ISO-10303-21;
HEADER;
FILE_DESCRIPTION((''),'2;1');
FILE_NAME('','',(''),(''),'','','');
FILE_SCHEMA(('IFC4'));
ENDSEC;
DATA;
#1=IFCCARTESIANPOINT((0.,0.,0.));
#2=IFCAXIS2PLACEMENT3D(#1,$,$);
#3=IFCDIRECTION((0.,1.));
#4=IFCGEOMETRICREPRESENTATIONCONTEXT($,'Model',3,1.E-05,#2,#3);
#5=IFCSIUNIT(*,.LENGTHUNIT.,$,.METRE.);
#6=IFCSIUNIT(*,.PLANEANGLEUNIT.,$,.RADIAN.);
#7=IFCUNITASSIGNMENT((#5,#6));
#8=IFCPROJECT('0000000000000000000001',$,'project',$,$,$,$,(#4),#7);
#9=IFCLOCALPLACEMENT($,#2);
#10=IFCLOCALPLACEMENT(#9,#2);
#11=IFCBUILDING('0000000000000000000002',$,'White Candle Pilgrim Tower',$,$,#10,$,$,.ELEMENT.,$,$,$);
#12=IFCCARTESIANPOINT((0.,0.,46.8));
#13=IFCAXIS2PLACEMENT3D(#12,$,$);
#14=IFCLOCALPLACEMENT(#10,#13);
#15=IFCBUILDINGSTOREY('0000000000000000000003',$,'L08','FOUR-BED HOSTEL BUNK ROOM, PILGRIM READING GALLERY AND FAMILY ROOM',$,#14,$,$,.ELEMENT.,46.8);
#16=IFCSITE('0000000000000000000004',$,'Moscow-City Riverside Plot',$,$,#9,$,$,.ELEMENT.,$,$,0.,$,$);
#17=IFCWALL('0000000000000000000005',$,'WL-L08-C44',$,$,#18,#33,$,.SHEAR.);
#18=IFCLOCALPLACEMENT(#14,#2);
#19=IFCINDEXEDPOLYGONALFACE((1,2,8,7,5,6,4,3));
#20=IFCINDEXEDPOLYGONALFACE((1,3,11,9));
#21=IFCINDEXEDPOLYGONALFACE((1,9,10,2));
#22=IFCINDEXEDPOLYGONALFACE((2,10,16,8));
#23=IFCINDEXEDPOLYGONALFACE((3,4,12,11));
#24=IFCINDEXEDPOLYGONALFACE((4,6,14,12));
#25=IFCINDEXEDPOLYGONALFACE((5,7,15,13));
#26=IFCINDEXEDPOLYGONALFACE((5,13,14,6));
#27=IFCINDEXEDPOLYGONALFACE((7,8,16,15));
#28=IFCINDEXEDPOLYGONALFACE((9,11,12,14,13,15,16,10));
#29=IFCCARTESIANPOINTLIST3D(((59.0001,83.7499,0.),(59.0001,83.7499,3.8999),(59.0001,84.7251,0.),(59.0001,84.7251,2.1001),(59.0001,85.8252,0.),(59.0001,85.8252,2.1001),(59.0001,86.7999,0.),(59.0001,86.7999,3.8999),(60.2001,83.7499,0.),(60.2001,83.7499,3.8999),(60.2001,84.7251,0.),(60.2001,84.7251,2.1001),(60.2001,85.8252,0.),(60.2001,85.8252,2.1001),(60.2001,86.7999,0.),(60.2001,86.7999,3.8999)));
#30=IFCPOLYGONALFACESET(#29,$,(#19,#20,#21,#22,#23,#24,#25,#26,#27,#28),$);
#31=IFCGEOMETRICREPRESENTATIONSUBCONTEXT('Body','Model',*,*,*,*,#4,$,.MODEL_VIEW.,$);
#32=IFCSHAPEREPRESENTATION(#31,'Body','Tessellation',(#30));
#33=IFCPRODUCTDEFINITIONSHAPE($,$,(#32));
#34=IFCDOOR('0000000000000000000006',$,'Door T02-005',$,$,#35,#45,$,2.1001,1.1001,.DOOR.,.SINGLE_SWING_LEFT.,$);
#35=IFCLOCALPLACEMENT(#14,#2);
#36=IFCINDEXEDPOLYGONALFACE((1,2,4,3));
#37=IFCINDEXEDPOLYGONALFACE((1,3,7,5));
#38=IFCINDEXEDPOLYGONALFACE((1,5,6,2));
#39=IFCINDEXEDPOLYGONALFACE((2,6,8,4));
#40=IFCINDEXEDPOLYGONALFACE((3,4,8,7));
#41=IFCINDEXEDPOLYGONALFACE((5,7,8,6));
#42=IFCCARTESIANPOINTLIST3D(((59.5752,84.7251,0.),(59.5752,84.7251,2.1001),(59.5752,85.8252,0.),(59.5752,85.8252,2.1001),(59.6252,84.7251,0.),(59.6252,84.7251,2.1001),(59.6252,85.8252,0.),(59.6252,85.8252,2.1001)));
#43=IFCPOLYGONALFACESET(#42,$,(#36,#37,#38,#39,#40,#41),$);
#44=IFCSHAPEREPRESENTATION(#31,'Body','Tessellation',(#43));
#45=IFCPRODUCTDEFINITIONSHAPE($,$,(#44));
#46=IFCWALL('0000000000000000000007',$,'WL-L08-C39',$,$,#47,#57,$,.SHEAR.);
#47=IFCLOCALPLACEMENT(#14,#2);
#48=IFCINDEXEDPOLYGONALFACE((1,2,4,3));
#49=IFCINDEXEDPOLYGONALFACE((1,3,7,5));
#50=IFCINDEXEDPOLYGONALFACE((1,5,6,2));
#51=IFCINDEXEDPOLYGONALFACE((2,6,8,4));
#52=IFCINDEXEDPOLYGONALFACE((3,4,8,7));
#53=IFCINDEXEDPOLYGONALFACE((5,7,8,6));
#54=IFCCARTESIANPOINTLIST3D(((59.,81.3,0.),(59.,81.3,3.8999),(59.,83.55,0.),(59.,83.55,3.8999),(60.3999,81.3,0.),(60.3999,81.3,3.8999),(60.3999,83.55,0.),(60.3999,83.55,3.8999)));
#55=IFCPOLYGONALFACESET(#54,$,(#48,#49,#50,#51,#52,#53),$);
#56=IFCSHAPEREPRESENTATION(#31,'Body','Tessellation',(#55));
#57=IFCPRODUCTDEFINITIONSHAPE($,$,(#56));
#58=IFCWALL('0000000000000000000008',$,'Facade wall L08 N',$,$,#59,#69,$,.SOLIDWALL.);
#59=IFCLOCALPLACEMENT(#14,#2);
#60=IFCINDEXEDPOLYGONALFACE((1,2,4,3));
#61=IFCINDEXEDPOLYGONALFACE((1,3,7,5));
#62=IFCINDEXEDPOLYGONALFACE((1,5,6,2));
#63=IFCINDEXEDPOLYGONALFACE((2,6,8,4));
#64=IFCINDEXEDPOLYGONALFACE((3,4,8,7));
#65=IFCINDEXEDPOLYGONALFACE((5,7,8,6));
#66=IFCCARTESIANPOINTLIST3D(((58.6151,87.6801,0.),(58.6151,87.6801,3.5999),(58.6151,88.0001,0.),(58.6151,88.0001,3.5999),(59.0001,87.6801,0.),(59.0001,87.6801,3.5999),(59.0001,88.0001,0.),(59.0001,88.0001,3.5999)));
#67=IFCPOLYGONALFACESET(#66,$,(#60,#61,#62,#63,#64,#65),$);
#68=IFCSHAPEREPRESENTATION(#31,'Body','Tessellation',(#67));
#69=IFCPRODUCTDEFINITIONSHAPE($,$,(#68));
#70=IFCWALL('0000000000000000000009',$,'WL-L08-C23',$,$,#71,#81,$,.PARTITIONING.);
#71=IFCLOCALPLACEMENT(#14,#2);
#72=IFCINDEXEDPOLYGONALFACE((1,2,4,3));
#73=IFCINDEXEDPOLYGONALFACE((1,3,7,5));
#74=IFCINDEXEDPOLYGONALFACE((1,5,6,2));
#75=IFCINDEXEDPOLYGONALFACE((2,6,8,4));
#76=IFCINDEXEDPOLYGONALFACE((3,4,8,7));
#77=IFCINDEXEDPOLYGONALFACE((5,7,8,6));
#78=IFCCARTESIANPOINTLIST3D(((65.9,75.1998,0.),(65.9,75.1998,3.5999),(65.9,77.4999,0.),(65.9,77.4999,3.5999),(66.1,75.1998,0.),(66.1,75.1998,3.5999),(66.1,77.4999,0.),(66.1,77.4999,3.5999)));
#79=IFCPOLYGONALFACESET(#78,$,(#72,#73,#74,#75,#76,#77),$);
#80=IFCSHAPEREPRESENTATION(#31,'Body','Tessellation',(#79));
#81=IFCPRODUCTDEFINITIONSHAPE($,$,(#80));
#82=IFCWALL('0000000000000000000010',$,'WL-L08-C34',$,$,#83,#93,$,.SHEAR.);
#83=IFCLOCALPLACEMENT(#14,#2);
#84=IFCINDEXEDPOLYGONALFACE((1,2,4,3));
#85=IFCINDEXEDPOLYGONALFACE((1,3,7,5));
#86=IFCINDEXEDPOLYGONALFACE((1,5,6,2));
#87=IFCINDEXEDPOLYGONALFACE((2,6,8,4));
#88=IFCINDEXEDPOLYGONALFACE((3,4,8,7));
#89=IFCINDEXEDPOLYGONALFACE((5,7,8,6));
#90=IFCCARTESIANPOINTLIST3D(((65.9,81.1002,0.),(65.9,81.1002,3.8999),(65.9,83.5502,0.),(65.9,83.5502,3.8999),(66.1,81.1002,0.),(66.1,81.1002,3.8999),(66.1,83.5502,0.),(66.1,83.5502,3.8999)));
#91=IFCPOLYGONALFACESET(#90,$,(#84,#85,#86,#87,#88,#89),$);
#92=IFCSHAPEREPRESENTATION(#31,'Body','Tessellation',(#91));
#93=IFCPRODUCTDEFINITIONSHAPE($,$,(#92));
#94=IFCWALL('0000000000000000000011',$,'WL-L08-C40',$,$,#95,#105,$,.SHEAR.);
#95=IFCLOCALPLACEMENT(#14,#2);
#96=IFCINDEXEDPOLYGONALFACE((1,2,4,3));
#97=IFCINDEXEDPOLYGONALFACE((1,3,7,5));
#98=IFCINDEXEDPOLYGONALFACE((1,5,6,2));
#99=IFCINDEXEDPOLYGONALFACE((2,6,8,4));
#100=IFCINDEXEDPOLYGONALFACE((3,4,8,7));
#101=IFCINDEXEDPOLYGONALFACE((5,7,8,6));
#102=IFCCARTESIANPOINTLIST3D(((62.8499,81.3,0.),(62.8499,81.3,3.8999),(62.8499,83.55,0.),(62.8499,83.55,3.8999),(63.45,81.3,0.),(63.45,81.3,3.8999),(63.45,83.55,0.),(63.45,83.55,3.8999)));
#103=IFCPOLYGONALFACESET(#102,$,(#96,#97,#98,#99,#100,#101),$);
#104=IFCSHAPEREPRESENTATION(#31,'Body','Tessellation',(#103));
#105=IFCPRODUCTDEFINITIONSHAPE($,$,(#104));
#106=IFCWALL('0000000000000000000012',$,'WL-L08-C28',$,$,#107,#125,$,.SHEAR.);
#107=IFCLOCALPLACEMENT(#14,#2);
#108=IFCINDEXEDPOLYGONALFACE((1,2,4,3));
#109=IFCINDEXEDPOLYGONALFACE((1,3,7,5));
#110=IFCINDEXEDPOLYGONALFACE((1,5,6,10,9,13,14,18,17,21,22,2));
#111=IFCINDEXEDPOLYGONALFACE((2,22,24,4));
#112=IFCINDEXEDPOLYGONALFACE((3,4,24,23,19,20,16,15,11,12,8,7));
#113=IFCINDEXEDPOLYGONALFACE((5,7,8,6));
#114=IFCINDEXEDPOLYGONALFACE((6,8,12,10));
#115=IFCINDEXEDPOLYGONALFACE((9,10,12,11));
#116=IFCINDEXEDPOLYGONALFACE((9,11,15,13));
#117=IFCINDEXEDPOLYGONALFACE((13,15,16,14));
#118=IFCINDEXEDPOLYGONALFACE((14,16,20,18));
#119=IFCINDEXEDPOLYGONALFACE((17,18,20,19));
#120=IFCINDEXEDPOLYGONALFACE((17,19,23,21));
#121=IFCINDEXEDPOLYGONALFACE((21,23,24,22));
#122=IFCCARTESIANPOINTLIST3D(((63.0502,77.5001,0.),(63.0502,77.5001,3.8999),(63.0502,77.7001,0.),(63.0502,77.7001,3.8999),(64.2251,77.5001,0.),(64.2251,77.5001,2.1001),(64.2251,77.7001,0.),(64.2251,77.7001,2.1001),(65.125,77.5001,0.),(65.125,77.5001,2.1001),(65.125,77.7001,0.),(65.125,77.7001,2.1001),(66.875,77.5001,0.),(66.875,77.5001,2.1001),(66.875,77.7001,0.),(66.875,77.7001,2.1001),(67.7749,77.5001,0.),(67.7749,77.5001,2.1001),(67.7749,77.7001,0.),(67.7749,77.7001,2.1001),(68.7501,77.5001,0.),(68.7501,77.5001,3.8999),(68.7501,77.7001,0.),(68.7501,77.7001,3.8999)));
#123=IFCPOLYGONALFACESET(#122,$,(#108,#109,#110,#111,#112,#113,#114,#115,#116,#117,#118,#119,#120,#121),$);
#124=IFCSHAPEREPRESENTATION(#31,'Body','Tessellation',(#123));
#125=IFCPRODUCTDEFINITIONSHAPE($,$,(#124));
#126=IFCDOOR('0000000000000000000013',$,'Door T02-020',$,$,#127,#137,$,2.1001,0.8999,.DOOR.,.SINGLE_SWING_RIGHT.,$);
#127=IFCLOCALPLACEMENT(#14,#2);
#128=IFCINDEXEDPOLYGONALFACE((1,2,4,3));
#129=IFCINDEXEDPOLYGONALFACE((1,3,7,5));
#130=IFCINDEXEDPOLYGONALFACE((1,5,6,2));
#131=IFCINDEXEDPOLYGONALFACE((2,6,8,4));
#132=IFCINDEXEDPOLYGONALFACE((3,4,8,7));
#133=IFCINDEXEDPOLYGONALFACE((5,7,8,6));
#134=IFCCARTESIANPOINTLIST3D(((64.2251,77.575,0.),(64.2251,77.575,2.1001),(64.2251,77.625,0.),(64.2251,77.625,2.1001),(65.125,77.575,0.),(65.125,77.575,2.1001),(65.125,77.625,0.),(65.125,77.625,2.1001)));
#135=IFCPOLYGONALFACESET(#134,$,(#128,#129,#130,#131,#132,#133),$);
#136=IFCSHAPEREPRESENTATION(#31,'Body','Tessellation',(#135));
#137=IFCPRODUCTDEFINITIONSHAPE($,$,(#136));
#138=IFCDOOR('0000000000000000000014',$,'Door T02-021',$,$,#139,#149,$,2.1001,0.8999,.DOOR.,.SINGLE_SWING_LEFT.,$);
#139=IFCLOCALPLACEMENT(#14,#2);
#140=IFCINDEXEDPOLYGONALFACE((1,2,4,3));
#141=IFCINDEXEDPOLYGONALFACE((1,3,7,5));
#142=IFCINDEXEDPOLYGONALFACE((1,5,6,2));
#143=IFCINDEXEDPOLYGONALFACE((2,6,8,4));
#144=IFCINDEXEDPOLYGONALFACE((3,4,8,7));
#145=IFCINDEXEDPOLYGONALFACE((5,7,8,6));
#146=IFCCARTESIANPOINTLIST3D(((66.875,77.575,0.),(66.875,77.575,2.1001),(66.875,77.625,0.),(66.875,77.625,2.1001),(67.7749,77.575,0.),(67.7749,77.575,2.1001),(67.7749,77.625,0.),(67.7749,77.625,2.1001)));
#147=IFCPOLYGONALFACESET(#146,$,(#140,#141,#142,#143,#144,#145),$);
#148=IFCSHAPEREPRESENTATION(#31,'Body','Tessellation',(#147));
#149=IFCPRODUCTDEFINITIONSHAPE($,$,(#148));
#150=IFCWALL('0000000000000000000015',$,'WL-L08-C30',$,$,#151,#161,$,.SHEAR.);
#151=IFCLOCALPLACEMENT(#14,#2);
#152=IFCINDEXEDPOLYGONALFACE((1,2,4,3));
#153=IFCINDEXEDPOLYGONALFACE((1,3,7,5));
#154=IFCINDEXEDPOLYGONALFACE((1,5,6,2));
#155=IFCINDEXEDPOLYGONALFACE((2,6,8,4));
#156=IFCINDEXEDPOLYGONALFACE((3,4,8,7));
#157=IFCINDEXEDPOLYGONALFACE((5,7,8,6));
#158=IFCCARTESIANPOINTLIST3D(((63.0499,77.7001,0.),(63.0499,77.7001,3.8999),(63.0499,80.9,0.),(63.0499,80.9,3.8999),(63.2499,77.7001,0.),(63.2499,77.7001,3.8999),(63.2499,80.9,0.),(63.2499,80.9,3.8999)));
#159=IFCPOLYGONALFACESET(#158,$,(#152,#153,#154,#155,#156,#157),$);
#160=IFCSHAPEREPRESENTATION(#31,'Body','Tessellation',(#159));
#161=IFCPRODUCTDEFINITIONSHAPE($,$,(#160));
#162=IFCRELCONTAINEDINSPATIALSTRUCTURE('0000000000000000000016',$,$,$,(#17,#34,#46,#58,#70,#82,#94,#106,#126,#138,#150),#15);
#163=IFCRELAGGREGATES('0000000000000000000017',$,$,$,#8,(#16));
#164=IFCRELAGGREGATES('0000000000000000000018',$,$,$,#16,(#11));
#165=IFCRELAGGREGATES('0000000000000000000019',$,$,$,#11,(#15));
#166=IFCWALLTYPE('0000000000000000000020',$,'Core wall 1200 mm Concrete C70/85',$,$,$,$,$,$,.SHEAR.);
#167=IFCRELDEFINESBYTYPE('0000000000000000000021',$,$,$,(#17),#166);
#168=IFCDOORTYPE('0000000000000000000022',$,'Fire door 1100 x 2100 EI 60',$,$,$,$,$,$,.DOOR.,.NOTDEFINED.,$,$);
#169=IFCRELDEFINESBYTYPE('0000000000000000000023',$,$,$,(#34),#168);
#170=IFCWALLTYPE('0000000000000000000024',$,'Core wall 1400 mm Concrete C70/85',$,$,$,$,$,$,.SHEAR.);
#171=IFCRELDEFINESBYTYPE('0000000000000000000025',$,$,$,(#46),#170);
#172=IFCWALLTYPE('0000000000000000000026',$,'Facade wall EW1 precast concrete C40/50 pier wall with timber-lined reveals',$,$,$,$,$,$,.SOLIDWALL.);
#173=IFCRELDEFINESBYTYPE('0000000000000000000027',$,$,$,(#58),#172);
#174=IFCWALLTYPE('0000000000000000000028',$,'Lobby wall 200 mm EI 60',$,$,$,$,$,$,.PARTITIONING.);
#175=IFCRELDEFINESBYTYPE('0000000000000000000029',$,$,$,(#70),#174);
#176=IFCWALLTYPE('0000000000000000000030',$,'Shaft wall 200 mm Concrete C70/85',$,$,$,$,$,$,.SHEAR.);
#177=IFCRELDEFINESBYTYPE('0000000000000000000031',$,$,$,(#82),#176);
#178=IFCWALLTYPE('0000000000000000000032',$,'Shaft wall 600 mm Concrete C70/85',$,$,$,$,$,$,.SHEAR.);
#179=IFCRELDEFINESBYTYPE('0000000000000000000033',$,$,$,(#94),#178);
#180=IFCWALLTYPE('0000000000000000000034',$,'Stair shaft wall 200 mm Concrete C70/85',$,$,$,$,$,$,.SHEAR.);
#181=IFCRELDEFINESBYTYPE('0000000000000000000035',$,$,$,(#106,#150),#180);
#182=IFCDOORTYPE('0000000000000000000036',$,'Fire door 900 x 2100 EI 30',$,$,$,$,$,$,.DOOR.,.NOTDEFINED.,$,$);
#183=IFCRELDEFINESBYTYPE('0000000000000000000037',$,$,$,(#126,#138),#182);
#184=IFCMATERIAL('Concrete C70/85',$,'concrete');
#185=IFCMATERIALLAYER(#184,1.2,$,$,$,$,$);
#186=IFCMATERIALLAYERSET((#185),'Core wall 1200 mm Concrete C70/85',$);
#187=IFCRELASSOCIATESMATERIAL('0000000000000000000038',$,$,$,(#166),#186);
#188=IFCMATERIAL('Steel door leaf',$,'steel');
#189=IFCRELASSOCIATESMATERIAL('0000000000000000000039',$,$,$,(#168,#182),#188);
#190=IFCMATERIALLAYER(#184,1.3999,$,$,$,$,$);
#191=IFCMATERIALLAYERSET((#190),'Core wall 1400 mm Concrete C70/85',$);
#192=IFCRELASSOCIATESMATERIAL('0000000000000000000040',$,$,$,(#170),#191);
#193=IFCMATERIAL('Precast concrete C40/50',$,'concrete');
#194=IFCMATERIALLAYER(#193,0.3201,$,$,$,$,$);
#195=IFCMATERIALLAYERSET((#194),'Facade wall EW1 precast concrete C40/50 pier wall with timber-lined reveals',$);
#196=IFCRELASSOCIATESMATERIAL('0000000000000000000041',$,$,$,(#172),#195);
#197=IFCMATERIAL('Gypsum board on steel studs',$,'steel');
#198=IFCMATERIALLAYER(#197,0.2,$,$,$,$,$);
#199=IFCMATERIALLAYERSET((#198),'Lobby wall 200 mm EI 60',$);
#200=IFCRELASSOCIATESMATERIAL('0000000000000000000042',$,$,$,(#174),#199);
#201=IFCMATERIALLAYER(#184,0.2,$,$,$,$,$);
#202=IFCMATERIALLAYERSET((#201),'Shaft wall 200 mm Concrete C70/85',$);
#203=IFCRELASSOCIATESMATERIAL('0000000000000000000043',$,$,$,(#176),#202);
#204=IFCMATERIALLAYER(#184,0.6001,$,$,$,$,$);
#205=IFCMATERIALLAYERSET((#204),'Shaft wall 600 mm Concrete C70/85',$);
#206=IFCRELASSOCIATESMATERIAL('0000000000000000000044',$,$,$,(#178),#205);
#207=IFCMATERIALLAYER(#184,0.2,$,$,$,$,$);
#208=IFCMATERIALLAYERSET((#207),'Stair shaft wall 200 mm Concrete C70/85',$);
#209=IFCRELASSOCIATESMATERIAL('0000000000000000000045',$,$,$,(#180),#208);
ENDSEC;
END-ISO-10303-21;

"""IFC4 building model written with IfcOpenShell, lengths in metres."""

from ifc_helpers import new_model, si_unit, direction, frame, frame_2d, origin, place, context, subcontext, project, spatial, rectangle, extrude, material, layer, layer_set, type_object, element, fill, save


model = new_model("IFC4")

# Units and contexts
model_context = context("Model", 3, precision=1e-05, world=origin(), true_north=direction((0.0, 1.0)))
body_context = subcontext(model_context, "Body", "Model", "MODEL_VIEW")
ifc_project = project(units=[si_unit("LENGTHUNIT", "METRE"), si_unit("PLANEANGLEUNIT", "RADIAN")], contexts=[model_context])

# Site, building, storey
site_placement = place(None, origin())
site = spatial("IfcSite", under=ifc_project, at=site_placement, Name="Moscow-City Riverside Plot", CompositionType="ELEMENT", RefElevation=0.0)
building_placement = place(site_placement, origin())
building = spatial("IfcBuilding", under=site, at=building_placement, Name="White Candle Pilgrim Tower", CompositionType="ELEMENT")
storey_placement = place(building_placement, frame((0.0, 0.0, 46.8)))
storey = spatial("IfcBuildingStorey", under=building, at=storey_placement, Name="L08", Description="FOUR-BED HOSTEL BUNK ROOM, PILGRIM READING GALLERY AND FAMILY ROOM", CompositionType="ELEMENT", Elevation=46.8)

# Wall, opening, door
ifc_material_1 = material(Name="Concrete C70/85", Category="concrete")
ifc_layer_1 = layer(ifc_material_1, 1.2)
ifc_layer_set_1 = layer_set([ifc_layer_1], Name="Core wall 1200 mm Concrete C70/85")
wall_type_1 = type_object("IfcWallType", Name="Core wall 1200 mm Concrete C70/85", PredefinedType="SHEAR", material=ifc_layer_set_1)
wall_1_placement = place(storey_placement, frame((59.6001, 83.75, 0.0), z_axis=(0.0, 0.0, 1.0), x_axis=(0.0, 1.0, 0.0)))
wall_1 = element("IfcWall", 1, at=wall_1_placement, inside=storey, type_object=wall_type_1, Name="WL-L08-C44", PredefinedType="SHEAR", context=body_context, shape_type="SweptSolid", body=[
    extrude(rectangle(XDim=3.05, YDim=1.2, at=frame_2d((1.5249, 0.0))), origin(), (0.0, 0.0, 1.0), 3.8999),
])
opening_1_placement = place(wall_1_placement, frame((0.9751, 0.0, 0.0)))
opening_1 = element("IfcOpeningElement", 2, at=opening_1_placement, cuts=wall_1, PredefinedType="OPENING", context=body_context, shape_type="SweptSolid", body=[
    extrude(rectangle(XDim=1.1001, YDim=2.1001, at=frame_2d((0.55, 1.05))), frame((0.0, 0.6099, 0.0), z_axis=(0.0, -1.0, 0.0), x_axis=(1.0, 0.0, 0.0)), (0.0, 0.0, 1.0), 1.22),
])
ifc_material_2 = material(Name="Steel door leaf", Category="steel")
door_type_1 = type_object("IfcDoorType", Name="Fire door 1100 x 2100 EI 60", OperationType="NOTDEFINED", PredefinedType="DOOR", material=ifc_material_2)
door_1_placement = place(opening_1_placement, origin())
door_1 = element("IfcDoor", 3, at=door_1_placement, inside=storey, type_object=door_type_1, Name="Door T02-005", OperationType="SINGLE_SWING_LEFT", OverallHeight=2.1001, OverallWidth=1.1001, PredefinedType="DOOR", context=body_context, shape_type="SweptSolid", body=[
    extrude(rectangle(XDim=1.1001, YDim=2.1001, at=frame_2d((0.55, 1.05))), frame((0.0, 0.0249, 0.0), z_axis=(0.0, -1.0, 0.0), x_axis=(1.0, 0.0, 0.0)), (0.0, 0.0, 1.0), 0.05),
])
fill(opening_1, door_1)

# Walls
ifc_layer_2 = layer(ifc_material_1, 1.3999)
ifc_layer_set_2 = layer_set([ifc_layer_2], Name="Core wall 1400 mm Concrete C70/85")
wall_type_2 = type_object("IfcWallType", Name="Core wall 1400 mm Concrete C70/85", PredefinedType="SHEAR", material=ifc_layer_set_2)
wall_2_placement = place(storey_placement, frame((59.7, 81.3, 0.0), z_axis=(0.0, 0.0, 1.0), x_axis=(0.0, 1.0, 0.0)))
element("IfcWall", 4, at=wall_2_placement, inside=storey, type_object=wall_type_2, Name="WL-L08-C39", PredefinedType="SHEAR", context=body_context, shape_type="SweptSolid", body=[
    extrude(rectangle(XDim=2.25, YDim=1.3999, at=frame_2d((1.125, 0.0))), origin(), (0.0, 0.0, 1.0), 3.8999),
])
ifc_material_3 = material(Name="Precast concrete C40/50", Category="concrete")
ifc_layer_3 = layer(ifc_material_3, 0.3201)
ifc_layer_set_3 = layer_set([ifc_layer_3], Name="Facade wall EW1 precast concrete C40/50 pier wall with timber-lined reveals")
wall_type_3 = type_object("IfcWallType", Name="Facade wall EW1 precast concrete C40/50 pier wall with timber-lined reveals", PredefinedType="SOLIDWALL", material=ifc_layer_set_3)
wall_3_placement = place(storey_placement, frame((59.0, 87.8401, 0.0), z_axis=(0.0, 0.0, 1.0), x_axis=(-1.0, 0.0, 0.0)))
element("IfcWall", 5, at=wall_3_placement, inside=storey, type_object=wall_type_3, Name="Facade wall L08 N", PredefinedType="SOLIDWALL", context=body_context, shape_type="SweptSolid", body=[
    extrude(rectangle(XDim=0.385, YDim=0.3201, at=frame_2d((0.1924, 0.0))), origin(), (0.0, 0.0, 1.0), 3.5999),
])
ifc_material_4 = material(Name="Gypsum board on steel studs", Category="steel")
ifc_layer_4 = layer(ifc_material_4, 0.2)
ifc_layer_set_4 = layer_set([ifc_layer_4], Name="Lobby wall 200 mm EI 60")
wall_type_4 = type_object("IfcWallType", Name="Lobby wall 200 mm EI 60", PredefinedType="PARTITIONING", material=ifc_layer_set_4)
wall_4_placement = place(storey_placement, frame((66.0, 75.2, 0.0), z_axis=(0.0, 0.0, 1.0), x_axis=(0.0, 1.0, 0.0)))
element("IfcWall", 6, at=wall_4_placement, inside=storey, type_object=wall_type_4, Name="WL-L08-C23", PredefinedType="PARTITIONING", context=body_context, shape_type="SweptSolid", body=[
    extrude(rectangle(XDim=2.3, YDim=0.2, at=frame_2d((1.1499, 0.0))), origin(), (0.0, 0.0, 1.0), 3.5999),
])
ifc_layer_5 = layer(ifc_material_1, 0.2)
ifc_layer_set_5 = layer_set([ifc_layer_5], Name="Shaft wall 200 mm Concrete C70/85")
wall_type_5 = type_object("IfcWallType", Name="Shaft wall 200 mm Concrete C70/85", PredefinedType="SHEAR", material=ifc_layer_set_5)
wall_5_placement = place(storey_placement, frame((66.0, 81.1001, 0.0), z_axis=(0.0, 0.0, 1.0), x_axis=(0.0, 1.0, 0.0)))
element("IfcWall", 7, at=wall_5_placement, inside=storey, type_object=wall_type_5, Name="WL-L08-C34", PredefinedType="SHEAR", context=body_context, shape_type="SweptSolid", body=[
    extrude(rectangle(XDim=2.45, YDim=0.2, at=frame_2d((1.2251, 0.0))), origin(), (0.0, 0.0, 1.0), 3.8999),
])
ifc_layer_6 = layer(ifc_material_1, 0.6001)
ifc_layer_set_6 = layer_set([ifc_layer_6], Name="Shaft wall 600 mm Concrete C70/85")
wall_type_6 = type_object("IfcWallType", Name="Shaft wall 600 mm Concrete C70/85", PredefinedType="SHEAR", material=ifc_layer_set_6)
wall_6_placement = place(storey_placement, frame((63.1499, 81.3, 0.0), z_axis=(0.0, 0.0, 1.0), x_axis=(0.0, 1.0, 0.0)))
element("IfcWall", 8, at=wall_6_placement, inside=storey, type_object=wall_type_6, Name="WL-L08-C40", PredefinedType="SHEAR", context=body_context, shape_type="SweptSolid", body=[
    extrude(rectangle(XDim=2.25, YDim=0.6001, at=frame_2d((1.125, 0.0))), origin(), (0.0, 0.0, 1.0), 3.8999),
])

# Wall, openings, doors
ifc_layer_7 = layer(ifc_material_1, 0.2)
ifc_layer_set_7 = layer_set([ifc_layer_7], Name="Stair shaft wall 200 mm Concrete C70/85")
wall_type_7 = type_object("IfcWallType", Name="Stair shaft wall 200 mm Concrete C70/85", PredefinedType="SHEAR", material=ifc_layer_set_7)
wall_7_placement = place(storey_placement, frame((63.05, 77.6001, 0.0), z_axis=(0.0, 0.0, 1.0), x_axis=(1.0, 0.0, 0.0)))
wall_7 = element("IfcWall", 9, at=wall_7_placement, inside=storey, type_object=wall_type_7, Name="WL-L08-C28", PredefinedType="SHEAR", context=body_context, shape_type="SweptSolid", body=[
    extrude(rectangle(XDim=5.7, YDim=0.2, at=frame_2d((2.8501, 0.0))), origin(), (0.0, 0.0, 1.0), 3.8999),
])
opening_2_placement = place(wall_7_placement, frame((1.175, 0.0, 0.0)))
opening_2 = element("IfcOpeningElement", 10, at=opening_2_placement, cuts=wall_7, PredefinedType="OPENING", context=body_context, shape_type="SweptSolid", body=[
    extrude(rectangle(XDim=0.8999, YDim=2.1001, at=frame_2d((0.45, 1.05))), frame((0.0, 0.1099, 0.0), z_axis=(0.0, -1.0, 0.0), x_axis=(1.0, 0.0, 0.0)), (0.0, 0.0, 1.0), 0.22),
])
opening_3_placement = place(wall_7_placement, frame((3.825, 0.0, 0.0)))
opening_3 = element("IfcOpeningElement", 11, at=opening_3_placement, cuts=wall_7, PredefinedType="OPENING", context=body_context, shape_type="SweptSolid", body=[
    extrude(rectangle(XDim=0.8999, YDim=2.1001, at=frame_2d((0.45, 1.05))), frame((0.0, 0.1099, 0.0), z_axis=(0.0, -1.0, 0.0), x_axis=(1.0, 0.0, 0.0)), (0.0, 0.0, 1.0), 0.22),
])
door_type_2 = type_object("IfcDoorType", Name="Fire door 900 x 2100 EI 30", OperationType="NOTDEFINED", PredefinedType="DOOR", material=ifc_material_2)
door_2_placement = place(opening_2_placement, origin())
door_2 = element("IfcDoor", 12, at=door_2_placement, inside=storey, type_object=door_type_2, Name="Door T02-020", OperationType="SINGLE_SWING_RIGHT", OverallHeight=2.1001, OverallWidth=0.8999, PredefinedType="DOOR", context=body_context, shape_type="SweptSolid", body=[
    extrude(rectangle(XDim=0.8999, YDim=2.1001, at=frame_2d((0.45, 1.05))), frame((0.0, 0.0249, 0.0), z_axis=(0.0, -1.0, 0.0), x_axis=(1.0, 0.0, 0.0)), (0.0, 0.0, 1.0), 0.05),
])
fill(opening_2, door_2)
door_3_placement = place(opening_3_placement, origin())
door_3 = element("IfcDoor", 13, at=door_3_placement, inside=storey, type_object=door_type_2, Name="Door T02-021", OperationType="SINGLE_SWING_LEFT", OverallHeight=2.1001, OverallWidth=0.8999, PredefinedType="DOOR", context=body_context, shape_type="SweptSolid", body=[
    extrude(rectangle(XDim=0.8999, YDim=2.1001, at=frame_2d((0.45, 1.05))), frame((0.0, 0.0249, 0.0), z_axis=(0.0, -1.0, 0.0), x_axis=(1.0, 0.0, 0.0)), (0.0, 0.0, 1.0), 0.05),
])
fill(opening_3, door_3)

# Wall
wall_8_placement = place(storey_placement, frame((63.1499, 77.7, 0.0), z_axis=(0.0, 0.0, 1.0), x_axis=(0.0, 1.0, 0.0)))
element("IfcWall", 14, at=wall_8_placement, inside=storey, type_object=wall_type_7, Name="WL-L08-C30", PredefinedType="SHEAR", context=body_context, shape_type="SweptSolid", body=[
    extrude(rectangle(XDim=3.2, YDim=0.2, at=frame_2d((1.6001, 0.0))), origin(), (0.0, 0.0, 1.0), 3.8999),
])

save(model, "model.ifc")
